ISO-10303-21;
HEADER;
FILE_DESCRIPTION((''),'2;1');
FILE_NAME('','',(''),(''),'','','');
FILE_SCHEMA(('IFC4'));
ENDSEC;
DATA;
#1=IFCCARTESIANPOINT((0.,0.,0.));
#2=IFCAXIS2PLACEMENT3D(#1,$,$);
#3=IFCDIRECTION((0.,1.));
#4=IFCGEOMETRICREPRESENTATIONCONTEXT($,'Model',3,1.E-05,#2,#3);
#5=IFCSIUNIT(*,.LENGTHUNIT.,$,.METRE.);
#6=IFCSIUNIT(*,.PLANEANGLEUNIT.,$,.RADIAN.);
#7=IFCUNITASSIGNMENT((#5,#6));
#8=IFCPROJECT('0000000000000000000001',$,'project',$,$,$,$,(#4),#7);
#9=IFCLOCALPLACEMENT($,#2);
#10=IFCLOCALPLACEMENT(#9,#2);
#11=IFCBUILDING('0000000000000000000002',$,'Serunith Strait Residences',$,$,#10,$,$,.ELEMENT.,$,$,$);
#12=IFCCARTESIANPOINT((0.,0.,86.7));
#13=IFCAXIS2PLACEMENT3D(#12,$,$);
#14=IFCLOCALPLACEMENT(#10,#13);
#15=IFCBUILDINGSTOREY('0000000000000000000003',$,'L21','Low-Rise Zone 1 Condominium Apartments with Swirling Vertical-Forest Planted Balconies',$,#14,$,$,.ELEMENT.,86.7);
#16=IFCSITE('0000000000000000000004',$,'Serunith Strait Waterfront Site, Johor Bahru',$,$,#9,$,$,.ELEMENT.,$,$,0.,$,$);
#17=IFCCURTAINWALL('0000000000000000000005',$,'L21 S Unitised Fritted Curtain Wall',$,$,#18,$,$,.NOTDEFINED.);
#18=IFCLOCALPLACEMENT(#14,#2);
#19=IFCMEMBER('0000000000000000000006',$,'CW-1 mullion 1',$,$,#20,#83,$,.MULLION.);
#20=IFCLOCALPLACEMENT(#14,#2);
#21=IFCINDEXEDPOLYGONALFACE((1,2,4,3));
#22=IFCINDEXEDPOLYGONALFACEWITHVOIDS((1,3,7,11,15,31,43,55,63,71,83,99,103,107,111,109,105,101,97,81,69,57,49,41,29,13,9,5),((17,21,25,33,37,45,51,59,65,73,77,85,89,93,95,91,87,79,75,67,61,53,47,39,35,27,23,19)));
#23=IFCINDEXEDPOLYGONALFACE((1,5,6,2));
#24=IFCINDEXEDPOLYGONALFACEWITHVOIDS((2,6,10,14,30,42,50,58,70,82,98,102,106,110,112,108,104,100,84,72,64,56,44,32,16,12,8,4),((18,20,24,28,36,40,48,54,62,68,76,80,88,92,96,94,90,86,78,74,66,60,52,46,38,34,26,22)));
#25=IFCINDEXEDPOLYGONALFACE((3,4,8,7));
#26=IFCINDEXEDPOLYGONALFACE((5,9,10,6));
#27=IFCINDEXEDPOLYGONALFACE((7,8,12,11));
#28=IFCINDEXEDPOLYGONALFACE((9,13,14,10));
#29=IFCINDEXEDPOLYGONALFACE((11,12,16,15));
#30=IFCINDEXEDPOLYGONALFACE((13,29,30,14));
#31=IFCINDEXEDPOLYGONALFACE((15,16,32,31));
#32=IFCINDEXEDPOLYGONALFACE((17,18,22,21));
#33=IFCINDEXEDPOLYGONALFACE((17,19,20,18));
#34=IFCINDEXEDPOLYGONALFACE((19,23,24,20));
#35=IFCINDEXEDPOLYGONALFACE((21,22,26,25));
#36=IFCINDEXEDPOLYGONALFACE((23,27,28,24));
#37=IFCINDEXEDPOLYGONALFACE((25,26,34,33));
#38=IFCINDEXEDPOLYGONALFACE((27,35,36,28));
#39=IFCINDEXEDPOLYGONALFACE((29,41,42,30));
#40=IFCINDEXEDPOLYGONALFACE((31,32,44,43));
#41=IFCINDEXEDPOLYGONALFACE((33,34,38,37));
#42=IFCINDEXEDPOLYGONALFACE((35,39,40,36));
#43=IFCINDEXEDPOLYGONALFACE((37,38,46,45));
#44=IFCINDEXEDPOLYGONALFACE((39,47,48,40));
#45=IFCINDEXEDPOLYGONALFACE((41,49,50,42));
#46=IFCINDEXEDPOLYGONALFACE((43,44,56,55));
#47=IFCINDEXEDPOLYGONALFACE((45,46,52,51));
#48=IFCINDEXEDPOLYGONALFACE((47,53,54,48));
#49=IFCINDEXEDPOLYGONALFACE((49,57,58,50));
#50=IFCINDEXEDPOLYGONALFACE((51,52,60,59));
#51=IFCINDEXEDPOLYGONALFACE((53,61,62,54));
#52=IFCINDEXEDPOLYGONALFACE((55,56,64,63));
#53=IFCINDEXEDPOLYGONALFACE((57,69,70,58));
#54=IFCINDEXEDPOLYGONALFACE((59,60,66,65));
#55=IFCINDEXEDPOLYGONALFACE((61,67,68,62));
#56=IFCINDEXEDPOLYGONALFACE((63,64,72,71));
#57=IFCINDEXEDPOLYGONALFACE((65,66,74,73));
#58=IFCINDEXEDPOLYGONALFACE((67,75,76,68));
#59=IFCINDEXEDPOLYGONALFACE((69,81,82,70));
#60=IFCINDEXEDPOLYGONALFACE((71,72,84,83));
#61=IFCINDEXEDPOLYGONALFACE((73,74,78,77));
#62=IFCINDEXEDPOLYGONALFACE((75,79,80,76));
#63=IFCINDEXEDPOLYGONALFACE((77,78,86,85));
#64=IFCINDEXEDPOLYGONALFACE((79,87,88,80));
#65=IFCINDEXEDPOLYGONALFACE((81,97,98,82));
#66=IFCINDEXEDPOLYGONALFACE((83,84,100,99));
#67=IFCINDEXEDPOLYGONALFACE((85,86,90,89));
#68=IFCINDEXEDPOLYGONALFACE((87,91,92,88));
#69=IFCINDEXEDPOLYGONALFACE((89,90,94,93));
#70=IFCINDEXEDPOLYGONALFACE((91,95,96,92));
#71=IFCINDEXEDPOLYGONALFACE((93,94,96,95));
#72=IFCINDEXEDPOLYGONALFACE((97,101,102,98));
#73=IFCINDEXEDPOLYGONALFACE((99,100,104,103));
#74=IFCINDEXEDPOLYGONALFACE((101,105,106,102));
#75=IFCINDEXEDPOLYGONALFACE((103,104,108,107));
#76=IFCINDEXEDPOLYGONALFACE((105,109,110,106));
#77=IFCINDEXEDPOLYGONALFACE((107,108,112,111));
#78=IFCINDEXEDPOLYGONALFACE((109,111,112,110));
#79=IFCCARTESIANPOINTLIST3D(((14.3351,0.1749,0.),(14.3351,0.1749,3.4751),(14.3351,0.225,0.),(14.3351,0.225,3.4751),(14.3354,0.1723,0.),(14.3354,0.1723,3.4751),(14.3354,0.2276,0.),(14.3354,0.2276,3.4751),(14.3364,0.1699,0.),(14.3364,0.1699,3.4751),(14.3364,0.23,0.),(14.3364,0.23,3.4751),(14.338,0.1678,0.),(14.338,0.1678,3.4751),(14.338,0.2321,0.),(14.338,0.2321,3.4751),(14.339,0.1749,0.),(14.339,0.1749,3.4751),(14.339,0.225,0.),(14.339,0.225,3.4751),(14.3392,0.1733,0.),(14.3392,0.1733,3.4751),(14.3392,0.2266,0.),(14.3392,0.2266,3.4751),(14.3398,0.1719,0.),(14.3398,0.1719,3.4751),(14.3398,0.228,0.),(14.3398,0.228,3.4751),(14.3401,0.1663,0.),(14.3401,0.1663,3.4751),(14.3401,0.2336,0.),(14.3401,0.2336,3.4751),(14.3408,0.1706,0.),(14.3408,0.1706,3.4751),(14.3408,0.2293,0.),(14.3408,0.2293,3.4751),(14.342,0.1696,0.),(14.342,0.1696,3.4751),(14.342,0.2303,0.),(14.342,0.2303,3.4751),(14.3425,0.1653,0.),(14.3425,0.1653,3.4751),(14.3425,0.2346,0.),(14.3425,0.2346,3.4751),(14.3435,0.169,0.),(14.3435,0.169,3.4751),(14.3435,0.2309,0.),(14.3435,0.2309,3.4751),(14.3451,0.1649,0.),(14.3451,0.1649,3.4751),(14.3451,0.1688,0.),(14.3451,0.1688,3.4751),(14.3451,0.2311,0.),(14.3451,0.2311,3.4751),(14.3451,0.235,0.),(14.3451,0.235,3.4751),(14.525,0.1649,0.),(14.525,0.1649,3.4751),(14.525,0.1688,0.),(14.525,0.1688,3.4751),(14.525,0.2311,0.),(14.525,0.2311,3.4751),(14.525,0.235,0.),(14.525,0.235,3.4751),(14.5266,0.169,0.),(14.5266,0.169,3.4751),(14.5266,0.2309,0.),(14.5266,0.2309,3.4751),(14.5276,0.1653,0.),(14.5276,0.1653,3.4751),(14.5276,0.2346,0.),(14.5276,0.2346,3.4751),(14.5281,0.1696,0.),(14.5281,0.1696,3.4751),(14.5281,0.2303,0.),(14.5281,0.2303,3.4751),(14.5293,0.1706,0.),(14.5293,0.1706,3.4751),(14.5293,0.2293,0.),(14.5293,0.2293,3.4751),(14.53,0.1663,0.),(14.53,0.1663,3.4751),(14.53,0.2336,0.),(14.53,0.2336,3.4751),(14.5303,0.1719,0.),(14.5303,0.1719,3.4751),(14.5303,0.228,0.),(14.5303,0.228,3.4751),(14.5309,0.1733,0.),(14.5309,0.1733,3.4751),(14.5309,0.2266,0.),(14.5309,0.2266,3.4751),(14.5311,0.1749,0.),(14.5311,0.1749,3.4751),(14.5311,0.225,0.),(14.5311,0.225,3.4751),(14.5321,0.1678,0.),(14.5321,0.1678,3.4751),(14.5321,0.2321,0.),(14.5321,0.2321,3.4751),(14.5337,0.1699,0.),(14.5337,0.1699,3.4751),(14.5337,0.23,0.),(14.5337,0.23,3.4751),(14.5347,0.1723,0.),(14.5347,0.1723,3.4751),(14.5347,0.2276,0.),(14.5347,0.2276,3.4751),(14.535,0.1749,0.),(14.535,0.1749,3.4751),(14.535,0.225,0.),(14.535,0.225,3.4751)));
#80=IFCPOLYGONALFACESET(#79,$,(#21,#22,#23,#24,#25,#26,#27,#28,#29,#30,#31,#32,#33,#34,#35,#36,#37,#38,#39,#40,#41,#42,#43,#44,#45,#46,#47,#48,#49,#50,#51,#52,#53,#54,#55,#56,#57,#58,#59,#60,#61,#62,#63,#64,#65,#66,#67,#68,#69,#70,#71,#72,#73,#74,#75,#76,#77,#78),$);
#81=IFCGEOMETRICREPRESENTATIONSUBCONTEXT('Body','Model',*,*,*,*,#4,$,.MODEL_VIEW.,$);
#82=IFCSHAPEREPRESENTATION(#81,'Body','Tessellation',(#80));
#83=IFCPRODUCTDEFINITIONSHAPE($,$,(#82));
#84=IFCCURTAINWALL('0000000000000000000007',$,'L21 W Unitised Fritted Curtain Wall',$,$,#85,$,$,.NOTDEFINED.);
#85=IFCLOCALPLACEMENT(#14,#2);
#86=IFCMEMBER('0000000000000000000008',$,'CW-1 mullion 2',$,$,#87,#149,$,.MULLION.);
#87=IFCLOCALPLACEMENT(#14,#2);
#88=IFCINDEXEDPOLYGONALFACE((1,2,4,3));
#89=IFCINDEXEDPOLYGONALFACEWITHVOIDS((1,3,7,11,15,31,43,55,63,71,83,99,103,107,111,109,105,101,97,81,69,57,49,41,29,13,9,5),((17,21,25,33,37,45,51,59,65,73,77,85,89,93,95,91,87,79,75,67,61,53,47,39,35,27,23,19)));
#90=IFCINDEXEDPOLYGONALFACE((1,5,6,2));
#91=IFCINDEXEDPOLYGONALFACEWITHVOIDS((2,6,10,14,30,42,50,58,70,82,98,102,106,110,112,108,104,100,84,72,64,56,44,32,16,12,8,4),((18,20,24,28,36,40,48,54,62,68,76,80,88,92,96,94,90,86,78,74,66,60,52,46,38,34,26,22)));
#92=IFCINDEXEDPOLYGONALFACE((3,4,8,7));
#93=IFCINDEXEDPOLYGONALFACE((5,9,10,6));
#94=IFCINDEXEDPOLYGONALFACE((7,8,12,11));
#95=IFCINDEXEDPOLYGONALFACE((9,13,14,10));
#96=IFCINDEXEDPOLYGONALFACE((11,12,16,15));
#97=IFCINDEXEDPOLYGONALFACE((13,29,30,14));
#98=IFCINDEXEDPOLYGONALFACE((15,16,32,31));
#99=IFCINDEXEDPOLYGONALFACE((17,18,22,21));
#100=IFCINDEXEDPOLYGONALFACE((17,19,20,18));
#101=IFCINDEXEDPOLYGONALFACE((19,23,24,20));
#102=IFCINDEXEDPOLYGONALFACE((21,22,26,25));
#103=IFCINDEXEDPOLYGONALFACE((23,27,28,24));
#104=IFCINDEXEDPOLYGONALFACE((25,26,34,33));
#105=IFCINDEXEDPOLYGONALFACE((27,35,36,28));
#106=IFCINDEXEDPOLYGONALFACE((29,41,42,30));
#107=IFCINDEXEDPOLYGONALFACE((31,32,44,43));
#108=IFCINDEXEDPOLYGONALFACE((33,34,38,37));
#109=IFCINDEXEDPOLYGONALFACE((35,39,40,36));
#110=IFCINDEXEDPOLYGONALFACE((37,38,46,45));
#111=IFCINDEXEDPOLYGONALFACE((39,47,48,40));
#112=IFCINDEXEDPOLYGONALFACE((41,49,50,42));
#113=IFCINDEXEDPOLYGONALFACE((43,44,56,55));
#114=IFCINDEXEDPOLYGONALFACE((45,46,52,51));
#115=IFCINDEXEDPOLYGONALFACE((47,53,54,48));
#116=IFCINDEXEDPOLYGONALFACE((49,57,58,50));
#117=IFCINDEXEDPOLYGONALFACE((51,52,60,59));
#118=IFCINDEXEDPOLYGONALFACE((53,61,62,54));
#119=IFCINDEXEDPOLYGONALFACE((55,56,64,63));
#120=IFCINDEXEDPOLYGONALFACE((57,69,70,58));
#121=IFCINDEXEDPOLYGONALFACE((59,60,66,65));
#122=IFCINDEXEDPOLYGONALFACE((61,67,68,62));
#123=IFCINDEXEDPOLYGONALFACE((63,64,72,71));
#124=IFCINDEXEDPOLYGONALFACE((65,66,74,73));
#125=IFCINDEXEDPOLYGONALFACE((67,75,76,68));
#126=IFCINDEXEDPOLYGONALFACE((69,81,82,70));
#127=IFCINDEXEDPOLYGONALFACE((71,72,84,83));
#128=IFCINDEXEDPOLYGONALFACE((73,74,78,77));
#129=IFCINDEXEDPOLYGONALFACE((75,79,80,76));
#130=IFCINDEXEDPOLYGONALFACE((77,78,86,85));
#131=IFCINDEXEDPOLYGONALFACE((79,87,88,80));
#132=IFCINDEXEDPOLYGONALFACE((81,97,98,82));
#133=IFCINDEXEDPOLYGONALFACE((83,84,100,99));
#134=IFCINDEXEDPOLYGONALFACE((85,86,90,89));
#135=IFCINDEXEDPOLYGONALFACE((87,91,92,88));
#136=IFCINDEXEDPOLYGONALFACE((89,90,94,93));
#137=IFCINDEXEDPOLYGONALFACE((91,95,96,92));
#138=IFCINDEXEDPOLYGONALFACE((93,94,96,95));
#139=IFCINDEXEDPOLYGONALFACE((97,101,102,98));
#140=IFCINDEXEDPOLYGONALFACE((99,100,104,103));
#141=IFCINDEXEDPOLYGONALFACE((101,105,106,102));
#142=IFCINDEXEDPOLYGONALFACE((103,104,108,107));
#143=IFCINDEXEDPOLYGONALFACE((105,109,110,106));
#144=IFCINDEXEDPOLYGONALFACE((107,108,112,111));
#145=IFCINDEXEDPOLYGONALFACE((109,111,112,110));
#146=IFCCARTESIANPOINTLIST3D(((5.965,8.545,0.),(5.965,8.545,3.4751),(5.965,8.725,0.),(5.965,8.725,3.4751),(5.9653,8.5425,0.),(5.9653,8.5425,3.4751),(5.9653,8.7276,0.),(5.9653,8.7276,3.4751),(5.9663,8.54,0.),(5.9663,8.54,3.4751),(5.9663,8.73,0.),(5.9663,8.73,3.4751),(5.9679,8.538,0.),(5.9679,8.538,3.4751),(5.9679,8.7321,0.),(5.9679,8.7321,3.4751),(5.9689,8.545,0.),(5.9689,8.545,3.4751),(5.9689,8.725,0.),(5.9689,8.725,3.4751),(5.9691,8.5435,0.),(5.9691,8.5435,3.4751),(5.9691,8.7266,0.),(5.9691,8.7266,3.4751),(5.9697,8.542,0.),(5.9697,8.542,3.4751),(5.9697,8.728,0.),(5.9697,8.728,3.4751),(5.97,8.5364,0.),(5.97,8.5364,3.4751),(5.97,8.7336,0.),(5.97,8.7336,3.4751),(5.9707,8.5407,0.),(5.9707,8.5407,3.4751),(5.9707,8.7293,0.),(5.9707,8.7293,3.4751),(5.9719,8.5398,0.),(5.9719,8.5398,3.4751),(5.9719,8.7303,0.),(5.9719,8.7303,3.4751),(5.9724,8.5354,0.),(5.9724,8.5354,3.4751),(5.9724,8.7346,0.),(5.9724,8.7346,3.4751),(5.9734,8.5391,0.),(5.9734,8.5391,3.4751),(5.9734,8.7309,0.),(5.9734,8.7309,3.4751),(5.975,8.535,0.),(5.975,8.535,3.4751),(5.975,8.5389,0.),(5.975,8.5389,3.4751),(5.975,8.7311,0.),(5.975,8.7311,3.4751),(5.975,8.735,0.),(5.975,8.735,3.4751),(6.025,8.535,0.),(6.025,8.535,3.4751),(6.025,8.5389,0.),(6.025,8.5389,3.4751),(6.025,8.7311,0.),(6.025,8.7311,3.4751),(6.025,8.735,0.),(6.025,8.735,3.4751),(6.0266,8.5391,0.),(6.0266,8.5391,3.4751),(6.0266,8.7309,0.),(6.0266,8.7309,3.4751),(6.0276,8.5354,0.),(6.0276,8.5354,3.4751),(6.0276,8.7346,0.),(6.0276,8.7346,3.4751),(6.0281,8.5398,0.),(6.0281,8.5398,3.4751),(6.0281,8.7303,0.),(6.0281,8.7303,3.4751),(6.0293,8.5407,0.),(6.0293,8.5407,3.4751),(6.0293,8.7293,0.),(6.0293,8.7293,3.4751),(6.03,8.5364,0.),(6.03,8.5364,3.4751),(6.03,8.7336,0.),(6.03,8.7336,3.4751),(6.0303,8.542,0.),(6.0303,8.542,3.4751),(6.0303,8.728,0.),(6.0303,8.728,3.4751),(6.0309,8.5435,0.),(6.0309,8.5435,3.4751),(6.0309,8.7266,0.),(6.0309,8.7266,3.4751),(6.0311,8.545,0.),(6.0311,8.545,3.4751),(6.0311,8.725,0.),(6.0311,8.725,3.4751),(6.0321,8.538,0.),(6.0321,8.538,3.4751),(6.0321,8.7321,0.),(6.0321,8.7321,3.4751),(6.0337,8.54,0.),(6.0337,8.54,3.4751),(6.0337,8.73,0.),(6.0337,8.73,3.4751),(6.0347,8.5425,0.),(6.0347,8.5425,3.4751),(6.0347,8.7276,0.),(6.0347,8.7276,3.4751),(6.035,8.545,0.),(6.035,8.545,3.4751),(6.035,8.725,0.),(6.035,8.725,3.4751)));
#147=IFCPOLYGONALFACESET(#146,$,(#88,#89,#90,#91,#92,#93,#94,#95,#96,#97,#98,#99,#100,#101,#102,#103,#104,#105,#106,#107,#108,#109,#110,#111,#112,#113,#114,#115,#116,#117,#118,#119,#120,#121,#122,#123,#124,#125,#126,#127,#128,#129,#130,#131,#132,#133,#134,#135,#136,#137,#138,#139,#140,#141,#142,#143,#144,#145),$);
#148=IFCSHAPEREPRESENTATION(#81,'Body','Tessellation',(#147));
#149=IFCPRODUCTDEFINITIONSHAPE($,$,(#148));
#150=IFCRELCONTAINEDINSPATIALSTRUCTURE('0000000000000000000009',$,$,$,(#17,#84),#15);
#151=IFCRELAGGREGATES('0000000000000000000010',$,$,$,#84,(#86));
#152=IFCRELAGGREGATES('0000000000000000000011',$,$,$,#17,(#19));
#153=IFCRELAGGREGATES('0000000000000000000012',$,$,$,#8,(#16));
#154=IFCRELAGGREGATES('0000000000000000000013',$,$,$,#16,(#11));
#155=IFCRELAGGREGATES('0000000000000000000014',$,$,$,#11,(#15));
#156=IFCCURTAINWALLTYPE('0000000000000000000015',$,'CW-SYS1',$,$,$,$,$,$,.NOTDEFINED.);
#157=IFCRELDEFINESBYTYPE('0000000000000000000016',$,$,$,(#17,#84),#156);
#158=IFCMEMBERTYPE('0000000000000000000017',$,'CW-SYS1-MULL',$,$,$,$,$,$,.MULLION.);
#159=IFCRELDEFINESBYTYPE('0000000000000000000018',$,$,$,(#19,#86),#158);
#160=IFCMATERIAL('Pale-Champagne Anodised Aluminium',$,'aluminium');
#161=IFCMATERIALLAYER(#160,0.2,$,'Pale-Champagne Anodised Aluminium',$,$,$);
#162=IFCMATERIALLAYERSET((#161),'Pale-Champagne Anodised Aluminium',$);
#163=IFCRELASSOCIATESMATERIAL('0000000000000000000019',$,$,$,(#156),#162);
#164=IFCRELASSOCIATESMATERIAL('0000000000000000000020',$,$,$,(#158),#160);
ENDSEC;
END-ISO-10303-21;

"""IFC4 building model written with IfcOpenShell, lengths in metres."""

from ifc_helpers import new_model, si_unit, direction, frame, origin, origin_2d, place, context, subcontext, project, spatial, hollow_rectangle, extrude, source, transform, mapped, material, layer, layer_set, material_profile, profile_set, type_object, element, aggregate, save


model = new_model("IFC4")

# Units and contexts
model_context = context("Model", 3, precision=1e-05, world=origin(), true_north=direction((0.0, 1.0)))
body_context = subcontext(model_context, "Body", "Model", "MODEL_VIEW")
ifc_project = project(units=[si_unit("LENGTHUNIT", "METRE"), si_unit("PLANEANGLEUNIT", "RADIAN")], contexts=[model_context])

# Site, building, storey
site_placement = place(None, origin())
site = spatial("IfcSite", under=ifc_project, at=site_placement, Name="Serunith Strait Waterfront Site, Johor Bahru", CompositionType="ELEMENT", RefElevation=0.0)
building_placement = place(site_placement, origin())
building = spatial("IfcBuilding", under=site, at=building_placement, Name="Serunith Strait Residences", CompositionType="ELEMENT")
storey_placement = place(building_placement, frame((0.0, 0.0, 86.7)))
storey = spatial("IfcBuildingStorey", under=building, at=storey_placement, Name="L21", Description="Low-Rise Zone 1 Condominium Apartments with Swirling Vertical-Forest Planted Balconies", CompositionType="ELEMENT", Elevation=86.7)

# Curtain walls, members
ifc_material_1 = material(Name="Pale-Champagne Anodised Aluminium", Category="aluminium")
ifc_layer_1 = layer(ifc_material_1, 0.2, Name="Pale-Champagne Anodised Aluminium")
ifc_layer_set_1 = layer_set([ifc_layer_1], Name="Pale-Champagne Anodised Aluminium")
curtain_wall_type = type_object("IfcCurtainWallType", Name="CW-SYS1", PredefinedType="NOTDEFINED", material=ifc_layer_set_1)
curtain_wall_1_placement = place(storey_placement, origin())
curtain_wall_1 = element("IfcCurtainWall", 1, at=curtain_wall_1_placement, inside=storey, type_object=curtain_wall_type, Name="L21 S Unitised Fritted Curtain Wall", PredefinedType="NOTDEFINED")
ifc_material_profile_1 = material_profile(ifc_material_1, hollow_rectangle(XDim=0.0701, YDim=0.2, WallThickness=0.0039, InnerFilletRadius=0.0061, OuterFilletRadius=0.01, at=origin_2d()), Name="ALU 200x70x4")
ifc_profile_set_1 = profile_set([ifc_material_profile_1], Name="Pale-Champagne Anodised Aluminium")
member_type_1 = type_object("IfcMemberType", Name="CW-SYS1-MULL", PredefinedType="MULLION", material=ifc_profile_set_1)
shared_shape_1 = source(origin(), body_context, "Body", "SweptSolid", [
    extrude(hollow_rectangle(XDim=0.0701, YDim=0.2, WallThickness=0.0039, InnerFilletRadius=0.0061, OuterFilletRadius=0.01, at=origin_2d()), origin(), (0.0, 0.0, 1.0), 3.4751),
])
member_1_placement = place(storey_placement, frame((14.4351, 0.2, 0.0), z_axis=(0.0, 0.0, 1.0), x_axis=(0.0, 1.0, 0.0)))
member_1 = element("IfcMember", 2, at=member_1_placement, type_object=member_type_1, Name="CW-1 mullion 1", PredefinedType="MULLION", context=body_context, shape_type="MappedRepresentation", body=[
    mapped(shared_shape_1, transform((0.0, 0.0, 0.0), scale=1.0)),
])
curtain_wall_2_placement = place(storey_placement, origin())
curtain_wall_2 = element("IfcCurtainWall", 3, at=curtain_wall_2_placement, inside=storey, type_object=curtain_wall_type, Name="L21 W Unitised Fritted Curtain Wall", PredefinedType="NOTDEFINED")
member_2_placement = place(storey_placement, frame((6.0, 8.635, 0.0), z_axis=(0.0, 0.0, 1.0), x_axis=(1.0, 0.0, 0.0)))
member_2 = element("IfcMember", 4, at=member_2_placement, type_object=member_type_1, Name="CW-1 mullion 2", PredefinedType="MULLION", context=body_context, shape_type="MappedRepresentation", body=[
    mapped(shared_shape_1, transform((0.0, 0.0, 0.0), scale=1.0)),
])
aggregate(curtain_wall_2, [member_2])

aggregate(curtain_wall_1, [member_1])

save(model, "model.ifc")
